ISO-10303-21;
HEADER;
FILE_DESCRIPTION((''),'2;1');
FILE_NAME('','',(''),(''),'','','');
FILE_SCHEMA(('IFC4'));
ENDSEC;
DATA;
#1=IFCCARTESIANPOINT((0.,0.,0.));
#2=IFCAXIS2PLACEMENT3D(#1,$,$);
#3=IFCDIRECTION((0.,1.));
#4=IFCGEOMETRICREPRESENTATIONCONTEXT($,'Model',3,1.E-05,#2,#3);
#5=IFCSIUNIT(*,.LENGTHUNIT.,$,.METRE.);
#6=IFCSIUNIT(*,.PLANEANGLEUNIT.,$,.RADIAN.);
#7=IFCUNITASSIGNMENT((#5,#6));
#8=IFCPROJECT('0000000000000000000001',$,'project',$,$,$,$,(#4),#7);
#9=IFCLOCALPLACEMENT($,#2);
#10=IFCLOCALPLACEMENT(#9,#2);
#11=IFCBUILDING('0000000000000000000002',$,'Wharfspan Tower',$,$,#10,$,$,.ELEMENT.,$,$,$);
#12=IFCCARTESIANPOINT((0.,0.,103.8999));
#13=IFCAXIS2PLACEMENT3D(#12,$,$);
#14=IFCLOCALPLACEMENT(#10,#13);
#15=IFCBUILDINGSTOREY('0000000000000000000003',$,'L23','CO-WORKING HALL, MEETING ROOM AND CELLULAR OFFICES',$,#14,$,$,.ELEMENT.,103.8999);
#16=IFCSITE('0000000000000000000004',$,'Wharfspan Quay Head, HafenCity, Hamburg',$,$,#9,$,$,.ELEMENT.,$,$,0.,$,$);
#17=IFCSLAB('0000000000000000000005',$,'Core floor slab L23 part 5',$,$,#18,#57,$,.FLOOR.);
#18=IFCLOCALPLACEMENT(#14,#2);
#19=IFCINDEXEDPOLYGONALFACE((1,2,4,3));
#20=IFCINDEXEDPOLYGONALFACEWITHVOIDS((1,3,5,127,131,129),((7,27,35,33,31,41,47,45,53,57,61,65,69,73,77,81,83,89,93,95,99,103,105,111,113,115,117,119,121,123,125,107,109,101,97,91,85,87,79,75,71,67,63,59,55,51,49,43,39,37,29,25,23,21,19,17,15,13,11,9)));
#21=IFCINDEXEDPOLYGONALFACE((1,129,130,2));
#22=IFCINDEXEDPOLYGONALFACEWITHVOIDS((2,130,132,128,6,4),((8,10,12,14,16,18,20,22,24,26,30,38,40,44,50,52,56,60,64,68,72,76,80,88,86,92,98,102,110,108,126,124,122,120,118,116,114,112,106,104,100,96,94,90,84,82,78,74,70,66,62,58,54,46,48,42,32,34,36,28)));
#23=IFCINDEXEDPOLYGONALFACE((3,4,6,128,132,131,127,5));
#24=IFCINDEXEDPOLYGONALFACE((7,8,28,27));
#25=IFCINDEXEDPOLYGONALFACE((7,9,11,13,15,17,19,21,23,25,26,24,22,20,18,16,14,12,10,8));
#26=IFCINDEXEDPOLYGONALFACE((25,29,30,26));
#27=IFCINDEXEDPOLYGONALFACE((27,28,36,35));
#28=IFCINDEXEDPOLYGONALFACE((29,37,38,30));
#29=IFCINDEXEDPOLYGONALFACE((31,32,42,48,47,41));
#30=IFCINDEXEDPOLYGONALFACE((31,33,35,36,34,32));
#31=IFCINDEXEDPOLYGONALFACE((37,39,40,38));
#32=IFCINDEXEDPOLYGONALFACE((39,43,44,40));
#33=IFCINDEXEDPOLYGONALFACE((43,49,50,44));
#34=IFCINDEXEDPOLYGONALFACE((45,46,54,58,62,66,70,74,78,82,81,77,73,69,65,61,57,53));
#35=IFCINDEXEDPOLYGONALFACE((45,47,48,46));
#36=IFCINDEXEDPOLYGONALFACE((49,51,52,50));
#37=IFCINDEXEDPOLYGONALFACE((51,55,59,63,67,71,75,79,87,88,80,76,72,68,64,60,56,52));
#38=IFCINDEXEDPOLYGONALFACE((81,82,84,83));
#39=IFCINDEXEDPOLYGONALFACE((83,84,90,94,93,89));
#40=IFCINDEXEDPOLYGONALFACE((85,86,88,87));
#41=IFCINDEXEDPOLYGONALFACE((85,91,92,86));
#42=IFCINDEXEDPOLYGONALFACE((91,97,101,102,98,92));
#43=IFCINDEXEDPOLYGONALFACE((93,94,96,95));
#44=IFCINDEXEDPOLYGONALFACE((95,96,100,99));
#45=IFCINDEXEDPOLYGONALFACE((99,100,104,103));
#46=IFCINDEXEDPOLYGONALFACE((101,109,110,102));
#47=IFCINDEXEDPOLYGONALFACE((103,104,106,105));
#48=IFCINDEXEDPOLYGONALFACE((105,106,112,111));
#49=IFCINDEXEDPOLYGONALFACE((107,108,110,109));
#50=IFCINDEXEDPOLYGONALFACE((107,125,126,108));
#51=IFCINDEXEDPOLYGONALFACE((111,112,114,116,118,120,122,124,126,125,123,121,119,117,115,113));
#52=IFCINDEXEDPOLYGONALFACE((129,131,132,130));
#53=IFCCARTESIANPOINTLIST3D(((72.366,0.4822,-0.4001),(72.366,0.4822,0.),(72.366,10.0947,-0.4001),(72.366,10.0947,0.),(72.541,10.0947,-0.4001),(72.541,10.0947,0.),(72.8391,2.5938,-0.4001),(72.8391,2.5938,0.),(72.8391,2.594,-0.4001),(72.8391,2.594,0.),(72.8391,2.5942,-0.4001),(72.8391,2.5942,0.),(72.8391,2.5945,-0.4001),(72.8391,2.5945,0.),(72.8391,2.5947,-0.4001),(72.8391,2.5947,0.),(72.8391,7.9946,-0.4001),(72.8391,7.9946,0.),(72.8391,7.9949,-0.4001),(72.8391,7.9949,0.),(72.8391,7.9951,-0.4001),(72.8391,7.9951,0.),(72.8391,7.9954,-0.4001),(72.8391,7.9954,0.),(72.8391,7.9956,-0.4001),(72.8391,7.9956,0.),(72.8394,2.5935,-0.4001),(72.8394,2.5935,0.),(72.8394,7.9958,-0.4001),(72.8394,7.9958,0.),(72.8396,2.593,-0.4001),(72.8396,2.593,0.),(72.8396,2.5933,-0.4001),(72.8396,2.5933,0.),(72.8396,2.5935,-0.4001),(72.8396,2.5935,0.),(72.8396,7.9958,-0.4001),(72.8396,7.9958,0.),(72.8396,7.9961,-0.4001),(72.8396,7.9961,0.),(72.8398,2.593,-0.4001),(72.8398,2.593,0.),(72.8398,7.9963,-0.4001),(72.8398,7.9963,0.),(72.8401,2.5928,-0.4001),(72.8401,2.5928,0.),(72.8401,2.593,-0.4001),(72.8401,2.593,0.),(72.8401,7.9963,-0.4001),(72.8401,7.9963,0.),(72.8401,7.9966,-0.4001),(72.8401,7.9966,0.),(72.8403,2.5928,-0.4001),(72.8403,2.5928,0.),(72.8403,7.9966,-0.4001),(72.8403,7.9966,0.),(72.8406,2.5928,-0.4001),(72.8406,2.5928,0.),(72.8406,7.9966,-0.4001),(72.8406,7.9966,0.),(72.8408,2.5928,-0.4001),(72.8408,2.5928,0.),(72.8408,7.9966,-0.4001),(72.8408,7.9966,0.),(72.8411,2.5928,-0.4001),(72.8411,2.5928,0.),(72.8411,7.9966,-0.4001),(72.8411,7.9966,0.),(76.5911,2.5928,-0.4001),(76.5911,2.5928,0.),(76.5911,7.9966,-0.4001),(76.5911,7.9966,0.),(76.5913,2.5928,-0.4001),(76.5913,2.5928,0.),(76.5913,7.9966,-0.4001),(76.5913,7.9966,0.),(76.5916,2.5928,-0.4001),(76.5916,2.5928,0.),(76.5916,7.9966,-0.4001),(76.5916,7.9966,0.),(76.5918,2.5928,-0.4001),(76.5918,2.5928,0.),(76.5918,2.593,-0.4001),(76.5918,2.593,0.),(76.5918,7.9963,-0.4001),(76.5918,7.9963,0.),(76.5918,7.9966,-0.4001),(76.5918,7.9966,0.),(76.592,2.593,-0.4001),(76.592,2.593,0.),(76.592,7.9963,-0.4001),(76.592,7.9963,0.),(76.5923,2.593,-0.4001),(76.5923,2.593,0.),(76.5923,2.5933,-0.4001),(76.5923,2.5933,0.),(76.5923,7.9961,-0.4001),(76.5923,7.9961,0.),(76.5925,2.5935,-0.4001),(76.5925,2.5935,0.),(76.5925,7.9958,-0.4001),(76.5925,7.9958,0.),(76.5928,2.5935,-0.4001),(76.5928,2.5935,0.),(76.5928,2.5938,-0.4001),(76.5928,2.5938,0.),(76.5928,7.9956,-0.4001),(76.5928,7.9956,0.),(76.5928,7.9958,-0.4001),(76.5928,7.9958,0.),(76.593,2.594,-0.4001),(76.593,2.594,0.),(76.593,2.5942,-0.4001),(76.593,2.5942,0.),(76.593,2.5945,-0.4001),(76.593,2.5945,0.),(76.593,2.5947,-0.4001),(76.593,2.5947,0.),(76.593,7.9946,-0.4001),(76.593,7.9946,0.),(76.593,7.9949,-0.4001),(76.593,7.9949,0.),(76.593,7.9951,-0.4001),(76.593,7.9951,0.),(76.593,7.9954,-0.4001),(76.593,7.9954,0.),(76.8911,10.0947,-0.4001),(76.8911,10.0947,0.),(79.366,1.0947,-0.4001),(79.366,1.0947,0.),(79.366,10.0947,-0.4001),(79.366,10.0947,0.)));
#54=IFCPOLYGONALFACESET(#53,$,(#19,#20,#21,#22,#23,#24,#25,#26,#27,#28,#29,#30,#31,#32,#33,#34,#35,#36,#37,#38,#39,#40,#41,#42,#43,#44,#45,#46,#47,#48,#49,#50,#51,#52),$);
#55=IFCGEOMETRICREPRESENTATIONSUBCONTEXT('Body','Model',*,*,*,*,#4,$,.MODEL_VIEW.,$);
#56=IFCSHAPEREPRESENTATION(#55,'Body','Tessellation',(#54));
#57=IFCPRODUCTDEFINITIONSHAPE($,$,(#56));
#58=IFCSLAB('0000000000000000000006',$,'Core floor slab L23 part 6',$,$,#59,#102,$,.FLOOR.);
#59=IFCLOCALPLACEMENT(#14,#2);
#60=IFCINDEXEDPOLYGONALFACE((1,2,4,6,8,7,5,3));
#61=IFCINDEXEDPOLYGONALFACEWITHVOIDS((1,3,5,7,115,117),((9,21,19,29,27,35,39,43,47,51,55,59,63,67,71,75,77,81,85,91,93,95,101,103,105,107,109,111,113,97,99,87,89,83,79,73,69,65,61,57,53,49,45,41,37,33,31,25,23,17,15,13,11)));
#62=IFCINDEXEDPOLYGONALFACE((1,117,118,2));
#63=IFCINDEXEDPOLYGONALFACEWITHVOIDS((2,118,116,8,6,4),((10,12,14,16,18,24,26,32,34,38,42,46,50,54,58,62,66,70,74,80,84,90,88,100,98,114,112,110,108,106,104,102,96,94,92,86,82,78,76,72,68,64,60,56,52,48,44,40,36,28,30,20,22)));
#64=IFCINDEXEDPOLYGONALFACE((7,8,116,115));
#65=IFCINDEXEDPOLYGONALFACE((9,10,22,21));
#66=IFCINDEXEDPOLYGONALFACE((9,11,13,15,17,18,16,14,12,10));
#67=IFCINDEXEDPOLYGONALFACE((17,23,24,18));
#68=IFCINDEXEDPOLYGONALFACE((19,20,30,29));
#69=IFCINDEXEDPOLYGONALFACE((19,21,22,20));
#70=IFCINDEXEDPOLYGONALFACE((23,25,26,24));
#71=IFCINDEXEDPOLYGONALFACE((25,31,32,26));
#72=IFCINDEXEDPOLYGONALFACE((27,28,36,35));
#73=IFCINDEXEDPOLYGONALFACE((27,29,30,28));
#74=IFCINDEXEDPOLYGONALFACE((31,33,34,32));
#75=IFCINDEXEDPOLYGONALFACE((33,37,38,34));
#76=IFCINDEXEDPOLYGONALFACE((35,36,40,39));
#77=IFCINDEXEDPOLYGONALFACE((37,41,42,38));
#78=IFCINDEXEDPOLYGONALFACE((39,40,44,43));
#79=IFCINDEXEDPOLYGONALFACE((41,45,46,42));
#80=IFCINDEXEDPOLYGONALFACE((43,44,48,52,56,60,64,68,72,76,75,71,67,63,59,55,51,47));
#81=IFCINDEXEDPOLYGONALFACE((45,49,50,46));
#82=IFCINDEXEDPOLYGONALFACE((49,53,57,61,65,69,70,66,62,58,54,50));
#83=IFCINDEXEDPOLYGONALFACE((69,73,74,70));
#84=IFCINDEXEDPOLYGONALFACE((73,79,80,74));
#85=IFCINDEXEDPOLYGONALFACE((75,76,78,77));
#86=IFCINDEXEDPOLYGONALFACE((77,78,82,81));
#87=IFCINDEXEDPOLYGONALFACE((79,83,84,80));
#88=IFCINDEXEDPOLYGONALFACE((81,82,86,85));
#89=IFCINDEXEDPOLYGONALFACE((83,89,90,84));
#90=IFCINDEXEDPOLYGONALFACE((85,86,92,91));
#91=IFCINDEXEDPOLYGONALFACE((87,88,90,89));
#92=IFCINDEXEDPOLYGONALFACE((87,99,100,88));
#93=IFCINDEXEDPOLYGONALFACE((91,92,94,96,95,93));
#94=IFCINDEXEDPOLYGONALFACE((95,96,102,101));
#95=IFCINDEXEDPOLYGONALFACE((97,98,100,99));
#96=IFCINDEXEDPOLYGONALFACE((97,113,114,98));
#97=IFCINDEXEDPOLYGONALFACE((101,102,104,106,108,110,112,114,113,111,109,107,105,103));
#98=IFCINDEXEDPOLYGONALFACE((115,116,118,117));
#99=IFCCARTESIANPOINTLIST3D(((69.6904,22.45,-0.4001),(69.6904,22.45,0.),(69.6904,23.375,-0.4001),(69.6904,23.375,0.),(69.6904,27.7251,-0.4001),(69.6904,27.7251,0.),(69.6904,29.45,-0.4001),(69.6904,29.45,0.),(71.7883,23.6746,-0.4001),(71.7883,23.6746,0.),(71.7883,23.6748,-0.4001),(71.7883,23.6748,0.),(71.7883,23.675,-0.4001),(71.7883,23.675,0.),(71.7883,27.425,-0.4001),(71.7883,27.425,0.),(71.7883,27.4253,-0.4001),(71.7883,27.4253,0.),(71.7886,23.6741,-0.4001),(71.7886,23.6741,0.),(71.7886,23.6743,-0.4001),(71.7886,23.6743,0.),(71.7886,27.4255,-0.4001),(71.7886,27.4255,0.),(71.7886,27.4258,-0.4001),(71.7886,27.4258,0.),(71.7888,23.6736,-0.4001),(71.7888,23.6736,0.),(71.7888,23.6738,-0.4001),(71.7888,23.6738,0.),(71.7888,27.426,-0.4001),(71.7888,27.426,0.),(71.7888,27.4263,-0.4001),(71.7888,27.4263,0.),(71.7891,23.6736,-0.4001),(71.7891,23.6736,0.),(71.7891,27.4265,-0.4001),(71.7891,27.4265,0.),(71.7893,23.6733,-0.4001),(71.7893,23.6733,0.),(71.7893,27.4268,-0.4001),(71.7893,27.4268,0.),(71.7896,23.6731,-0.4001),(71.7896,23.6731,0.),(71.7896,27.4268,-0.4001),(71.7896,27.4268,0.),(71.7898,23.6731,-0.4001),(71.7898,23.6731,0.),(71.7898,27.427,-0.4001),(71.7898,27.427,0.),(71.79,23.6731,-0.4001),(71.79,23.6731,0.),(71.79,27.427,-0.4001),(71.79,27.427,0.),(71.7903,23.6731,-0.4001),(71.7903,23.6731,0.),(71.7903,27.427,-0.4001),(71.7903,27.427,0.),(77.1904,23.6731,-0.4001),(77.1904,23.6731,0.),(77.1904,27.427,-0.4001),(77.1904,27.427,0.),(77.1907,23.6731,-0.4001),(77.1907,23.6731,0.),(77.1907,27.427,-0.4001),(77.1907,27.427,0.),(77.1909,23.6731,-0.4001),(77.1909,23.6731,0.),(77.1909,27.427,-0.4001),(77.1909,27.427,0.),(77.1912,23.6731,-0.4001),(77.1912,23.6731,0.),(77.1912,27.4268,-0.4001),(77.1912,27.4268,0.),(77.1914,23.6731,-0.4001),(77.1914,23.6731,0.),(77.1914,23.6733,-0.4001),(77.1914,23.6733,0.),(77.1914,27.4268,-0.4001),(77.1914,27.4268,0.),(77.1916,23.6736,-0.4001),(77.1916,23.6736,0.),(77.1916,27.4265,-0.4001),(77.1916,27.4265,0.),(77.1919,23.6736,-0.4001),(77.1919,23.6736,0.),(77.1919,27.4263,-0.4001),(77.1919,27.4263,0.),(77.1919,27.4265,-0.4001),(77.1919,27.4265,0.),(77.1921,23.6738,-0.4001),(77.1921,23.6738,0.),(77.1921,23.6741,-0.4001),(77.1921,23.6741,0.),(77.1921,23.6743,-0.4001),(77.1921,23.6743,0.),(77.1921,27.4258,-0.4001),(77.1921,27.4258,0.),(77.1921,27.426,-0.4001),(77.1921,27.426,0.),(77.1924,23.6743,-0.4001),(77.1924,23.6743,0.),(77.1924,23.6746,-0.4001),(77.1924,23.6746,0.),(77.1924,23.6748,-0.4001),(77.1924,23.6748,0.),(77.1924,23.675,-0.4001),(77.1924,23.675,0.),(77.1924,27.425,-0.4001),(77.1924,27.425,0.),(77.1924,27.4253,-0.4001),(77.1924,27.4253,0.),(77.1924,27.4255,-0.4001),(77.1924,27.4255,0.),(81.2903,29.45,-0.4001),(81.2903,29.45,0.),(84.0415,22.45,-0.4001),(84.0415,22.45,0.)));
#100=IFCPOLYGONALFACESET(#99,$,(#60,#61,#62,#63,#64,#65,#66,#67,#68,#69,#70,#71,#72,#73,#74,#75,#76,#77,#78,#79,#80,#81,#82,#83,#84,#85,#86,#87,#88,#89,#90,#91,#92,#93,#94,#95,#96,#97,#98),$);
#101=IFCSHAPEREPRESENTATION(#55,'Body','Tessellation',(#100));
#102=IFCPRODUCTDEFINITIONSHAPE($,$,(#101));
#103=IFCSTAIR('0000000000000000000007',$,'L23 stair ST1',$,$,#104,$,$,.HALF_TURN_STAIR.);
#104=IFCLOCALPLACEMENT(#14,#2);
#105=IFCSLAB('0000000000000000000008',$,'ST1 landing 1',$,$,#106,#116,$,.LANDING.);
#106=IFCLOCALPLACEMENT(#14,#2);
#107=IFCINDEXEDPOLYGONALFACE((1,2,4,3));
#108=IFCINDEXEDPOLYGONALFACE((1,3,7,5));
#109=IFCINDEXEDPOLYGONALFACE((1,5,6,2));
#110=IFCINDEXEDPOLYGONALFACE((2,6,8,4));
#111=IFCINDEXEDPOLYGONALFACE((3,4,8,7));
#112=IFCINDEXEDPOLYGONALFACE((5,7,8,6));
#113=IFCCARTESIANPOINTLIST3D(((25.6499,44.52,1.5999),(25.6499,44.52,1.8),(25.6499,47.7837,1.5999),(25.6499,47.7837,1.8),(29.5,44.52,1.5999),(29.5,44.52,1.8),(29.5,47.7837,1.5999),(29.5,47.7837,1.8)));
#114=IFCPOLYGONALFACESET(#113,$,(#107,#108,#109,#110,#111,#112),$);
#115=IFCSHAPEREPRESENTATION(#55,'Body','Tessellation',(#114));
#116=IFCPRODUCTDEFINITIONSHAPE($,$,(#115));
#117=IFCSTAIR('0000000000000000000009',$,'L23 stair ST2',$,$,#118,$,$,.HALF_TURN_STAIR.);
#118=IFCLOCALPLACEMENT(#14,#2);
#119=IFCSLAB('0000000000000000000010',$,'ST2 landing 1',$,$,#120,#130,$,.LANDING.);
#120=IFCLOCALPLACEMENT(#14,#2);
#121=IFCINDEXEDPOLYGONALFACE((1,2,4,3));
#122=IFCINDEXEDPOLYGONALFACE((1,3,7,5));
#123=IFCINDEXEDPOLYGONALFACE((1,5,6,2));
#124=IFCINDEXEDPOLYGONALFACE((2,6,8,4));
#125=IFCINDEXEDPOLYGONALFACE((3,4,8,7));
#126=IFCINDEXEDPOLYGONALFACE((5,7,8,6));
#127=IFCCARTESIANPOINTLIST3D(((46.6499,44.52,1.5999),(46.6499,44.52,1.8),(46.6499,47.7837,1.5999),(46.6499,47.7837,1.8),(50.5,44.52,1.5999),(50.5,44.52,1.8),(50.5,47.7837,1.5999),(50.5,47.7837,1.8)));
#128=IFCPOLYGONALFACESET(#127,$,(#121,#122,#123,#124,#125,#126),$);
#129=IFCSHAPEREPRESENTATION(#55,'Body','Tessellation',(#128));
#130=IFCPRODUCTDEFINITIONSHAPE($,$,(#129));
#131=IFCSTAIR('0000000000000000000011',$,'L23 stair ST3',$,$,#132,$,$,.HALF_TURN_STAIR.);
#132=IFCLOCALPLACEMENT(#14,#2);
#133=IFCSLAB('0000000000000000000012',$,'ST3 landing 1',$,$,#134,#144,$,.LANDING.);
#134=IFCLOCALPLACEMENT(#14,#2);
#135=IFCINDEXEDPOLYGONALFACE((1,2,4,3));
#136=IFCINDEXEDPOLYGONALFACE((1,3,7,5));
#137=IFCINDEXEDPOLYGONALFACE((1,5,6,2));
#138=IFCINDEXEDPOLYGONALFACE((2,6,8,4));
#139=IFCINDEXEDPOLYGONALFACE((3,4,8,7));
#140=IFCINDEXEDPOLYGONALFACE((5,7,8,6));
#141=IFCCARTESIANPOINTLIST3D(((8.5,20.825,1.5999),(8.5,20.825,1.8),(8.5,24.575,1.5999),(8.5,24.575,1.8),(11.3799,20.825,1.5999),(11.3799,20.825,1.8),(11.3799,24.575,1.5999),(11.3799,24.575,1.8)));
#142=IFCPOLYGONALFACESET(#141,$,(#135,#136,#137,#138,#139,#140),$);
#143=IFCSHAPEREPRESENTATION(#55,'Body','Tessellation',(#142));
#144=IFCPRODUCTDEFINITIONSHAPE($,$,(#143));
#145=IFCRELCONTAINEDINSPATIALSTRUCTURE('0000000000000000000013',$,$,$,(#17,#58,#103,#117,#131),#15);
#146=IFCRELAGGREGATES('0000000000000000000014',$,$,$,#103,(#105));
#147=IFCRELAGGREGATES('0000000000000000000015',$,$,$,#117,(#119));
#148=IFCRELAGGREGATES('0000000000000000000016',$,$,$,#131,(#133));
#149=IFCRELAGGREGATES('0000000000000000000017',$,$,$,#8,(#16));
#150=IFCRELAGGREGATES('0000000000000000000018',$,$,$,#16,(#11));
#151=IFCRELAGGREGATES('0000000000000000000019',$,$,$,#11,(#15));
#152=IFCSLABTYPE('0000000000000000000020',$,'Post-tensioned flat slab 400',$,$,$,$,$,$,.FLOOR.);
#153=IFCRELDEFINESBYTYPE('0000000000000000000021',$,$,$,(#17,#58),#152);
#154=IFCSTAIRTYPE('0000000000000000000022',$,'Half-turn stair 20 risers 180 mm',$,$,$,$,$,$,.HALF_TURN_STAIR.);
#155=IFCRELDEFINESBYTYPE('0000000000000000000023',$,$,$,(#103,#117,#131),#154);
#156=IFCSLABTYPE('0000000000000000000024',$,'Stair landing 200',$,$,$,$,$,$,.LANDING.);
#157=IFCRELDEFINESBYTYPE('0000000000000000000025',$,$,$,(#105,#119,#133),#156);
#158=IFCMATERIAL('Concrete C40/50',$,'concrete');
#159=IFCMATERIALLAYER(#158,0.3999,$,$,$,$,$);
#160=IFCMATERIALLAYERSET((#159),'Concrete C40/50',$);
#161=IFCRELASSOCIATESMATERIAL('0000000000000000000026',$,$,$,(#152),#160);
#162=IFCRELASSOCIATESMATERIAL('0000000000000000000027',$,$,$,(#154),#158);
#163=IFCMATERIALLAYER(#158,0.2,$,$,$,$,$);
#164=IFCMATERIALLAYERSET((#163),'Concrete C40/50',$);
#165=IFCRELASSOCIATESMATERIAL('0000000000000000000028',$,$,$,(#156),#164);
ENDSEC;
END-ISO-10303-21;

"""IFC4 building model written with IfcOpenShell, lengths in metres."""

from ifc_helpers import new_model, si_unit, direction, frame, origin, place, context, subcontext, project, spatial, polyline, outline, extrude, material, layer, layer_set, type_object, element, aggregate, save


model = new_model("IFC4")

# Units and contexts
model_context = context("Model", 3, precision=1e-05, world=origin(), true_north=direction((0.0, 1.0)))
body_context = subcontext(model_context, "Body", "Model", "MODEL_VIEW")
ifc_project = project(units=[si_unit("LENGTHUNIT", "METRE"), si_unit("PLANEANGLEUNIT", "RADIAN")], contexts=[model_context])

# Site, building, storey
site_placement = place(None, origin())
site = spatial("IfcSite", under=ifc_project, at=site_placement, Name="Wharfspan Quay Head, HafenCity, Hamburg", CompositionType="ELEMENT", RefElevation=0.0)
building_placement = place(site_placement, origin())
building = spatial("IfcBuilding", under=site, at=building_placement, Name="Wharfspan Tower", CompositionType="ELEMENT")
storey_placement = place(building_placement, frame((0.0, 0.0, 103.8999)))
storey = spatial("IfcBuildingStorey", under=building, at=storey_placement, Name="L23", Description="CO-WORKING HALL, MEETING ROOM AND CELLULAR OFFICES", CompositionType="ELEMENT", Elevation=103.8999)

# Slabs
ifc_material_1 = material(Name="Concrete C40/50", Category="concrete")
ifc_layer_1 = layer(ifc_material_1, 0.3999)
ifc_layer_set_1 = layer_set([ifc_layer_1], Name="Concrete C40/50")
slab_type_1 = type_object("IfcSlabType", Name="Post-tensioned flat slab 400", PredefinedType="FLOOR", material=ifc_layer_set_1)
slab_1_placement = place(storey_placement, frame((0.0, 0.0, -0.4001)))
element("IfcSlab", 1, at=slab_1_placement, inside=storey, type_object=slab_type_1, Name="Core floor slab L23 part 5", PredefinedType="FLOOR", context=body_context, shape_type="SweptSolid", body=[
    extrude(outline(polyline([(79.366, 10.0947), (76.8911, 10.0947), (72.541, 10.0947), (72.366, 10.0947), (72.366, 0.4822), (79.366, 1.0947), (79.366, 10.0947)]), holes=[polyline([(76.5911, 7.9966), (76.5913, 7.9966), (76.5913, 7.9966), (76.5916, 7.9966), (76.5918, 7.9966), (76.5918, 7.9963), (76.592, 7.9963), (76.5923, 7.9961), (76.5923, 7.9961), (76.5925, 7.9958), (76.5928, 7.9958), (76.5928, 7.9956), (76.593, 7.9954), (76.593, 7.9951), (76.593, 7.9951), (76.593, 7.9949), (76.593, 7.9946), (76.593, 2.5947), (76.593, 2.5945), (76.593, 2.5942), (76.593, 2.594), (76.593, 2.594), (76.5928, 2.5938), (76.5928, 2.5935), (76.5925, 2.5935), (76.5923, 2.5933), (76.5923, 2.593), (76.592, 2.593), (76.5918, 2.593), (76.5918, 2.5928), (76.5916, 2.5928), (76.5913, 2.5928), (76.5913, 2.5928), (76.5911, 2.5928), (72.8411, 2.5928), (72.8408, 2.5928), (72.8406, 2.5928), (72.8403, 2.5928), (72.8401, 2.5928), (72.8401, 2.593), (72.8398, 2.593), (72.8396, 2.593), (72.8396, 2.5933), (72.8396, 2.5935), (72.8394, 2.5935), (72.8391, 2.5938), (72.8391, 2.594), (72.8391, 2.594), (72.8391, 2.5942), (72.8391, 2.5945), (72.8391, 2.5947), (72.8391, 7.9946), (72.8391, 7.9949), (72.8391, 7.9951), (72.8391, 7.9951), (72.8391, 7.9954), (72.8391, 7.9956), (72.8394, 7.9958), (72.8396, 7.9958), (72.8396, 7.9961), (72.8396, 7.9961), (72.8398, 7.9963), (72.8401, 7.9963), (72.8401, 7.9966), (72.8403, 7.9966), (72.8406, 7.9966), (72.8408, 7.9966), (72.8411, 7.9966), (76.5911, 7.9966)])]), origin(), (0.0, 0.0, 1.0), 0.4001),
])
slab_2_placement = place(storey_placement, frame((0.0, 0.0, -0.4001)))
element("IfcSlab", 2, at=slab_2_placement, inside=storey, type_object=slab_type_1, Name="Core floor slab L23 part 6", PredefinedType="FLOOR", context=body_context, shape_type="SweptSolid", body=[
    extrude(outline(polyline([(81.2903, 29.45), (69.6904, 29.45), (69.6904, 27.7251), (69.6904, 23.375), (69.6904, 22.45), (84.0415, 22.45), (81.2903, 29.45)]), holes=[polyline([(71.7903, 23.6731), (71.7903, 23.6731), (71.79, 23.6731), (71.7898, 23.6731), (71.7896, 23.6731), (71.7896, 23.6731), (71.7893, 23.6733), (71.7891, 23.6736), (71.7891, 23.6736), (71.7888, 23.6736), (71.7888, 23.6738), (71.7886, 23.6741), (71.7886, 23.6743), (71.7886, 23.6743), (71.7883, 23.6746), (71.7883, 23.6748), (71.7883, 23.675), (71.7883, 27.425), (71.7883, 27.4253), (71.7883, 27.4253), (71.7886, 27.4255), (71.7886, 27.4258), (71.7886, 27.4258), (71.7888, 27.426), (71.7888, 27.4263), (71.7891, 27.4265), (71.7891, 27.4265), (71.7893, 27.4268), (71.7896, 27.4268), (71.7896, 27.4268), (71.7898, 27.427), (71.79, 27.427), (71.7903, 27.427), (71.7903, 27.427), (77.1904, 27.427), (77.1907, 27.427), (77.1909, 27.427), (77.1909, 27.427), (77.1912, 27.4268), (77.1914, 27.4268), (77.1914, 27.4268), (77.1916, 27.4265), (77.1919, 27.4265), (77.1919, 27.4263), (77.1921, 27.426), (77.1921, 27.4258), (77.1921, 27.4258), (77.1924, 27.4255), (77.1924, 27.4253), (77.1924, 27.4253), (77.1924, 27.425), (77.1924, 23.675), (77.1924, 23.6748), (77.1924, 23.6746), (77.1924, 23.6743), (77.1921, 23.6743), (77.1921, 23.6741), (77.1921, 23.6738), (77.1919, 23.6736), (77.1919, 23.6736), (77.1916, 23.6736), (77.1914, 23.6733), (77.1914, 23.6731), (77.1912, 23.6731), (77.1909, 23.6731), (77.1909, 23.6731), (77.1907, 23.6731), (77.1904, 23.6731), (71.7903, 23.6731)])]), origin(), (0.0, 0.0, 1.0), 0.4001),
])

# Stairs, slabs
stair_type = type_object("IfcStairType", Name="Half-turn stair 20 risers 180 mm", PredefinedType="HALF_TURN_STAIR", material=ifc_material_1)
stair_1_placement = place(storey_placement, origin())
stair_1 = element("IfcStair", 3, at=stair_1_placement, inside=storey, type_object=stair_type, Name="L23 stair ST1", PredefinedType="HALF_TURN_STAIR")
ifc_layer_2 = layer(ifc_material_1, 0.2)
ifc_layer_set_2 = layer_set([ifc_layer_2], Name="Concrete C40/50")
slab_type_2 = type_object("IfcSlabType", Name="Stair landing 200", PredefinedType="LANDING", material=ifc_layer_set_2)
slab_3_placement = place(storey_placement, frame((0.0, 0.0, 1.5999)))
slab_3 = element("IfcSlab", 4, at=slab_3_placement, type_object=slab_type_2, Name="ST1 landing 1", PredefinedType="LANDING", context=body_context, shape_type="SweptSolid", body=[
    extrude(outline(polyline([(25.6499, 44.52), (29.5, 44.52), (29.5, 47.7837), (25.6499, 47.7837), (25.6499, 44.52)])), origin(), (0.0, 0.0, 1.0), 0.2002),
])
aggregate(stair_1, [slab_3])
stair_2_placement = place(storey_placement, origin())
stair_2 = element("IfcStair", 5, at=stair_2_placement, inside=storey, type_object=stair_type, Name="L23 stair ST2", PredefinedType="HALF_TURN_STAIR")
slab_4_placement = place(storey_placement, frame((0.0, 0.0, 1.5999)))
slab_4 = element("IfcSlab", 6, at=slab_4_placement, type_object=slab_type_2, Name="ST2 landing 1", PredefinedType="LANDING", context=body_context, shape_type="SweptSolid", body=[
    extrude(outline(polyline([(46.6499, 44.52), (50.5, 44.52), (50.5, 47.7837), (46.6499, 47.7837), (46.6499, 44.52)])), origin(), (0.0, 0.0, 1.0), 0.2002),
])
aggregate(stair_2, [slab_4])
stair_3_placement = place(storey_placement, origin())
stair_3 = element("IfcStair", 7, at=stair_3_placement, inside=storey, type_object=stair_type, Name="L23 stair ST3", PredefinedType="HALF_TURN_STAIR")
slab_5_placement = place(storey_placement, frame((0.0, 0.0, 1.5999)))
slab_5 = element("IfcSlab", 8, at=slab_5_placement, type_object=slab_type_2, Name="ST3 landing 1", PredefinedType="LANDING", context=body_context, shape_type="SweptSolid", body=[
    extrude(outline(polyline([(11.3799, 24.575), (8.5, 24.575), (8.5, 20.825), (11.3799, 20.825), (11.3799, 24.575)])), origin(), (0.0, 0.0, 1.0), 0.2002),
])
aggregate(stair_3, [slab_5])

save(model, "model.ifc")
